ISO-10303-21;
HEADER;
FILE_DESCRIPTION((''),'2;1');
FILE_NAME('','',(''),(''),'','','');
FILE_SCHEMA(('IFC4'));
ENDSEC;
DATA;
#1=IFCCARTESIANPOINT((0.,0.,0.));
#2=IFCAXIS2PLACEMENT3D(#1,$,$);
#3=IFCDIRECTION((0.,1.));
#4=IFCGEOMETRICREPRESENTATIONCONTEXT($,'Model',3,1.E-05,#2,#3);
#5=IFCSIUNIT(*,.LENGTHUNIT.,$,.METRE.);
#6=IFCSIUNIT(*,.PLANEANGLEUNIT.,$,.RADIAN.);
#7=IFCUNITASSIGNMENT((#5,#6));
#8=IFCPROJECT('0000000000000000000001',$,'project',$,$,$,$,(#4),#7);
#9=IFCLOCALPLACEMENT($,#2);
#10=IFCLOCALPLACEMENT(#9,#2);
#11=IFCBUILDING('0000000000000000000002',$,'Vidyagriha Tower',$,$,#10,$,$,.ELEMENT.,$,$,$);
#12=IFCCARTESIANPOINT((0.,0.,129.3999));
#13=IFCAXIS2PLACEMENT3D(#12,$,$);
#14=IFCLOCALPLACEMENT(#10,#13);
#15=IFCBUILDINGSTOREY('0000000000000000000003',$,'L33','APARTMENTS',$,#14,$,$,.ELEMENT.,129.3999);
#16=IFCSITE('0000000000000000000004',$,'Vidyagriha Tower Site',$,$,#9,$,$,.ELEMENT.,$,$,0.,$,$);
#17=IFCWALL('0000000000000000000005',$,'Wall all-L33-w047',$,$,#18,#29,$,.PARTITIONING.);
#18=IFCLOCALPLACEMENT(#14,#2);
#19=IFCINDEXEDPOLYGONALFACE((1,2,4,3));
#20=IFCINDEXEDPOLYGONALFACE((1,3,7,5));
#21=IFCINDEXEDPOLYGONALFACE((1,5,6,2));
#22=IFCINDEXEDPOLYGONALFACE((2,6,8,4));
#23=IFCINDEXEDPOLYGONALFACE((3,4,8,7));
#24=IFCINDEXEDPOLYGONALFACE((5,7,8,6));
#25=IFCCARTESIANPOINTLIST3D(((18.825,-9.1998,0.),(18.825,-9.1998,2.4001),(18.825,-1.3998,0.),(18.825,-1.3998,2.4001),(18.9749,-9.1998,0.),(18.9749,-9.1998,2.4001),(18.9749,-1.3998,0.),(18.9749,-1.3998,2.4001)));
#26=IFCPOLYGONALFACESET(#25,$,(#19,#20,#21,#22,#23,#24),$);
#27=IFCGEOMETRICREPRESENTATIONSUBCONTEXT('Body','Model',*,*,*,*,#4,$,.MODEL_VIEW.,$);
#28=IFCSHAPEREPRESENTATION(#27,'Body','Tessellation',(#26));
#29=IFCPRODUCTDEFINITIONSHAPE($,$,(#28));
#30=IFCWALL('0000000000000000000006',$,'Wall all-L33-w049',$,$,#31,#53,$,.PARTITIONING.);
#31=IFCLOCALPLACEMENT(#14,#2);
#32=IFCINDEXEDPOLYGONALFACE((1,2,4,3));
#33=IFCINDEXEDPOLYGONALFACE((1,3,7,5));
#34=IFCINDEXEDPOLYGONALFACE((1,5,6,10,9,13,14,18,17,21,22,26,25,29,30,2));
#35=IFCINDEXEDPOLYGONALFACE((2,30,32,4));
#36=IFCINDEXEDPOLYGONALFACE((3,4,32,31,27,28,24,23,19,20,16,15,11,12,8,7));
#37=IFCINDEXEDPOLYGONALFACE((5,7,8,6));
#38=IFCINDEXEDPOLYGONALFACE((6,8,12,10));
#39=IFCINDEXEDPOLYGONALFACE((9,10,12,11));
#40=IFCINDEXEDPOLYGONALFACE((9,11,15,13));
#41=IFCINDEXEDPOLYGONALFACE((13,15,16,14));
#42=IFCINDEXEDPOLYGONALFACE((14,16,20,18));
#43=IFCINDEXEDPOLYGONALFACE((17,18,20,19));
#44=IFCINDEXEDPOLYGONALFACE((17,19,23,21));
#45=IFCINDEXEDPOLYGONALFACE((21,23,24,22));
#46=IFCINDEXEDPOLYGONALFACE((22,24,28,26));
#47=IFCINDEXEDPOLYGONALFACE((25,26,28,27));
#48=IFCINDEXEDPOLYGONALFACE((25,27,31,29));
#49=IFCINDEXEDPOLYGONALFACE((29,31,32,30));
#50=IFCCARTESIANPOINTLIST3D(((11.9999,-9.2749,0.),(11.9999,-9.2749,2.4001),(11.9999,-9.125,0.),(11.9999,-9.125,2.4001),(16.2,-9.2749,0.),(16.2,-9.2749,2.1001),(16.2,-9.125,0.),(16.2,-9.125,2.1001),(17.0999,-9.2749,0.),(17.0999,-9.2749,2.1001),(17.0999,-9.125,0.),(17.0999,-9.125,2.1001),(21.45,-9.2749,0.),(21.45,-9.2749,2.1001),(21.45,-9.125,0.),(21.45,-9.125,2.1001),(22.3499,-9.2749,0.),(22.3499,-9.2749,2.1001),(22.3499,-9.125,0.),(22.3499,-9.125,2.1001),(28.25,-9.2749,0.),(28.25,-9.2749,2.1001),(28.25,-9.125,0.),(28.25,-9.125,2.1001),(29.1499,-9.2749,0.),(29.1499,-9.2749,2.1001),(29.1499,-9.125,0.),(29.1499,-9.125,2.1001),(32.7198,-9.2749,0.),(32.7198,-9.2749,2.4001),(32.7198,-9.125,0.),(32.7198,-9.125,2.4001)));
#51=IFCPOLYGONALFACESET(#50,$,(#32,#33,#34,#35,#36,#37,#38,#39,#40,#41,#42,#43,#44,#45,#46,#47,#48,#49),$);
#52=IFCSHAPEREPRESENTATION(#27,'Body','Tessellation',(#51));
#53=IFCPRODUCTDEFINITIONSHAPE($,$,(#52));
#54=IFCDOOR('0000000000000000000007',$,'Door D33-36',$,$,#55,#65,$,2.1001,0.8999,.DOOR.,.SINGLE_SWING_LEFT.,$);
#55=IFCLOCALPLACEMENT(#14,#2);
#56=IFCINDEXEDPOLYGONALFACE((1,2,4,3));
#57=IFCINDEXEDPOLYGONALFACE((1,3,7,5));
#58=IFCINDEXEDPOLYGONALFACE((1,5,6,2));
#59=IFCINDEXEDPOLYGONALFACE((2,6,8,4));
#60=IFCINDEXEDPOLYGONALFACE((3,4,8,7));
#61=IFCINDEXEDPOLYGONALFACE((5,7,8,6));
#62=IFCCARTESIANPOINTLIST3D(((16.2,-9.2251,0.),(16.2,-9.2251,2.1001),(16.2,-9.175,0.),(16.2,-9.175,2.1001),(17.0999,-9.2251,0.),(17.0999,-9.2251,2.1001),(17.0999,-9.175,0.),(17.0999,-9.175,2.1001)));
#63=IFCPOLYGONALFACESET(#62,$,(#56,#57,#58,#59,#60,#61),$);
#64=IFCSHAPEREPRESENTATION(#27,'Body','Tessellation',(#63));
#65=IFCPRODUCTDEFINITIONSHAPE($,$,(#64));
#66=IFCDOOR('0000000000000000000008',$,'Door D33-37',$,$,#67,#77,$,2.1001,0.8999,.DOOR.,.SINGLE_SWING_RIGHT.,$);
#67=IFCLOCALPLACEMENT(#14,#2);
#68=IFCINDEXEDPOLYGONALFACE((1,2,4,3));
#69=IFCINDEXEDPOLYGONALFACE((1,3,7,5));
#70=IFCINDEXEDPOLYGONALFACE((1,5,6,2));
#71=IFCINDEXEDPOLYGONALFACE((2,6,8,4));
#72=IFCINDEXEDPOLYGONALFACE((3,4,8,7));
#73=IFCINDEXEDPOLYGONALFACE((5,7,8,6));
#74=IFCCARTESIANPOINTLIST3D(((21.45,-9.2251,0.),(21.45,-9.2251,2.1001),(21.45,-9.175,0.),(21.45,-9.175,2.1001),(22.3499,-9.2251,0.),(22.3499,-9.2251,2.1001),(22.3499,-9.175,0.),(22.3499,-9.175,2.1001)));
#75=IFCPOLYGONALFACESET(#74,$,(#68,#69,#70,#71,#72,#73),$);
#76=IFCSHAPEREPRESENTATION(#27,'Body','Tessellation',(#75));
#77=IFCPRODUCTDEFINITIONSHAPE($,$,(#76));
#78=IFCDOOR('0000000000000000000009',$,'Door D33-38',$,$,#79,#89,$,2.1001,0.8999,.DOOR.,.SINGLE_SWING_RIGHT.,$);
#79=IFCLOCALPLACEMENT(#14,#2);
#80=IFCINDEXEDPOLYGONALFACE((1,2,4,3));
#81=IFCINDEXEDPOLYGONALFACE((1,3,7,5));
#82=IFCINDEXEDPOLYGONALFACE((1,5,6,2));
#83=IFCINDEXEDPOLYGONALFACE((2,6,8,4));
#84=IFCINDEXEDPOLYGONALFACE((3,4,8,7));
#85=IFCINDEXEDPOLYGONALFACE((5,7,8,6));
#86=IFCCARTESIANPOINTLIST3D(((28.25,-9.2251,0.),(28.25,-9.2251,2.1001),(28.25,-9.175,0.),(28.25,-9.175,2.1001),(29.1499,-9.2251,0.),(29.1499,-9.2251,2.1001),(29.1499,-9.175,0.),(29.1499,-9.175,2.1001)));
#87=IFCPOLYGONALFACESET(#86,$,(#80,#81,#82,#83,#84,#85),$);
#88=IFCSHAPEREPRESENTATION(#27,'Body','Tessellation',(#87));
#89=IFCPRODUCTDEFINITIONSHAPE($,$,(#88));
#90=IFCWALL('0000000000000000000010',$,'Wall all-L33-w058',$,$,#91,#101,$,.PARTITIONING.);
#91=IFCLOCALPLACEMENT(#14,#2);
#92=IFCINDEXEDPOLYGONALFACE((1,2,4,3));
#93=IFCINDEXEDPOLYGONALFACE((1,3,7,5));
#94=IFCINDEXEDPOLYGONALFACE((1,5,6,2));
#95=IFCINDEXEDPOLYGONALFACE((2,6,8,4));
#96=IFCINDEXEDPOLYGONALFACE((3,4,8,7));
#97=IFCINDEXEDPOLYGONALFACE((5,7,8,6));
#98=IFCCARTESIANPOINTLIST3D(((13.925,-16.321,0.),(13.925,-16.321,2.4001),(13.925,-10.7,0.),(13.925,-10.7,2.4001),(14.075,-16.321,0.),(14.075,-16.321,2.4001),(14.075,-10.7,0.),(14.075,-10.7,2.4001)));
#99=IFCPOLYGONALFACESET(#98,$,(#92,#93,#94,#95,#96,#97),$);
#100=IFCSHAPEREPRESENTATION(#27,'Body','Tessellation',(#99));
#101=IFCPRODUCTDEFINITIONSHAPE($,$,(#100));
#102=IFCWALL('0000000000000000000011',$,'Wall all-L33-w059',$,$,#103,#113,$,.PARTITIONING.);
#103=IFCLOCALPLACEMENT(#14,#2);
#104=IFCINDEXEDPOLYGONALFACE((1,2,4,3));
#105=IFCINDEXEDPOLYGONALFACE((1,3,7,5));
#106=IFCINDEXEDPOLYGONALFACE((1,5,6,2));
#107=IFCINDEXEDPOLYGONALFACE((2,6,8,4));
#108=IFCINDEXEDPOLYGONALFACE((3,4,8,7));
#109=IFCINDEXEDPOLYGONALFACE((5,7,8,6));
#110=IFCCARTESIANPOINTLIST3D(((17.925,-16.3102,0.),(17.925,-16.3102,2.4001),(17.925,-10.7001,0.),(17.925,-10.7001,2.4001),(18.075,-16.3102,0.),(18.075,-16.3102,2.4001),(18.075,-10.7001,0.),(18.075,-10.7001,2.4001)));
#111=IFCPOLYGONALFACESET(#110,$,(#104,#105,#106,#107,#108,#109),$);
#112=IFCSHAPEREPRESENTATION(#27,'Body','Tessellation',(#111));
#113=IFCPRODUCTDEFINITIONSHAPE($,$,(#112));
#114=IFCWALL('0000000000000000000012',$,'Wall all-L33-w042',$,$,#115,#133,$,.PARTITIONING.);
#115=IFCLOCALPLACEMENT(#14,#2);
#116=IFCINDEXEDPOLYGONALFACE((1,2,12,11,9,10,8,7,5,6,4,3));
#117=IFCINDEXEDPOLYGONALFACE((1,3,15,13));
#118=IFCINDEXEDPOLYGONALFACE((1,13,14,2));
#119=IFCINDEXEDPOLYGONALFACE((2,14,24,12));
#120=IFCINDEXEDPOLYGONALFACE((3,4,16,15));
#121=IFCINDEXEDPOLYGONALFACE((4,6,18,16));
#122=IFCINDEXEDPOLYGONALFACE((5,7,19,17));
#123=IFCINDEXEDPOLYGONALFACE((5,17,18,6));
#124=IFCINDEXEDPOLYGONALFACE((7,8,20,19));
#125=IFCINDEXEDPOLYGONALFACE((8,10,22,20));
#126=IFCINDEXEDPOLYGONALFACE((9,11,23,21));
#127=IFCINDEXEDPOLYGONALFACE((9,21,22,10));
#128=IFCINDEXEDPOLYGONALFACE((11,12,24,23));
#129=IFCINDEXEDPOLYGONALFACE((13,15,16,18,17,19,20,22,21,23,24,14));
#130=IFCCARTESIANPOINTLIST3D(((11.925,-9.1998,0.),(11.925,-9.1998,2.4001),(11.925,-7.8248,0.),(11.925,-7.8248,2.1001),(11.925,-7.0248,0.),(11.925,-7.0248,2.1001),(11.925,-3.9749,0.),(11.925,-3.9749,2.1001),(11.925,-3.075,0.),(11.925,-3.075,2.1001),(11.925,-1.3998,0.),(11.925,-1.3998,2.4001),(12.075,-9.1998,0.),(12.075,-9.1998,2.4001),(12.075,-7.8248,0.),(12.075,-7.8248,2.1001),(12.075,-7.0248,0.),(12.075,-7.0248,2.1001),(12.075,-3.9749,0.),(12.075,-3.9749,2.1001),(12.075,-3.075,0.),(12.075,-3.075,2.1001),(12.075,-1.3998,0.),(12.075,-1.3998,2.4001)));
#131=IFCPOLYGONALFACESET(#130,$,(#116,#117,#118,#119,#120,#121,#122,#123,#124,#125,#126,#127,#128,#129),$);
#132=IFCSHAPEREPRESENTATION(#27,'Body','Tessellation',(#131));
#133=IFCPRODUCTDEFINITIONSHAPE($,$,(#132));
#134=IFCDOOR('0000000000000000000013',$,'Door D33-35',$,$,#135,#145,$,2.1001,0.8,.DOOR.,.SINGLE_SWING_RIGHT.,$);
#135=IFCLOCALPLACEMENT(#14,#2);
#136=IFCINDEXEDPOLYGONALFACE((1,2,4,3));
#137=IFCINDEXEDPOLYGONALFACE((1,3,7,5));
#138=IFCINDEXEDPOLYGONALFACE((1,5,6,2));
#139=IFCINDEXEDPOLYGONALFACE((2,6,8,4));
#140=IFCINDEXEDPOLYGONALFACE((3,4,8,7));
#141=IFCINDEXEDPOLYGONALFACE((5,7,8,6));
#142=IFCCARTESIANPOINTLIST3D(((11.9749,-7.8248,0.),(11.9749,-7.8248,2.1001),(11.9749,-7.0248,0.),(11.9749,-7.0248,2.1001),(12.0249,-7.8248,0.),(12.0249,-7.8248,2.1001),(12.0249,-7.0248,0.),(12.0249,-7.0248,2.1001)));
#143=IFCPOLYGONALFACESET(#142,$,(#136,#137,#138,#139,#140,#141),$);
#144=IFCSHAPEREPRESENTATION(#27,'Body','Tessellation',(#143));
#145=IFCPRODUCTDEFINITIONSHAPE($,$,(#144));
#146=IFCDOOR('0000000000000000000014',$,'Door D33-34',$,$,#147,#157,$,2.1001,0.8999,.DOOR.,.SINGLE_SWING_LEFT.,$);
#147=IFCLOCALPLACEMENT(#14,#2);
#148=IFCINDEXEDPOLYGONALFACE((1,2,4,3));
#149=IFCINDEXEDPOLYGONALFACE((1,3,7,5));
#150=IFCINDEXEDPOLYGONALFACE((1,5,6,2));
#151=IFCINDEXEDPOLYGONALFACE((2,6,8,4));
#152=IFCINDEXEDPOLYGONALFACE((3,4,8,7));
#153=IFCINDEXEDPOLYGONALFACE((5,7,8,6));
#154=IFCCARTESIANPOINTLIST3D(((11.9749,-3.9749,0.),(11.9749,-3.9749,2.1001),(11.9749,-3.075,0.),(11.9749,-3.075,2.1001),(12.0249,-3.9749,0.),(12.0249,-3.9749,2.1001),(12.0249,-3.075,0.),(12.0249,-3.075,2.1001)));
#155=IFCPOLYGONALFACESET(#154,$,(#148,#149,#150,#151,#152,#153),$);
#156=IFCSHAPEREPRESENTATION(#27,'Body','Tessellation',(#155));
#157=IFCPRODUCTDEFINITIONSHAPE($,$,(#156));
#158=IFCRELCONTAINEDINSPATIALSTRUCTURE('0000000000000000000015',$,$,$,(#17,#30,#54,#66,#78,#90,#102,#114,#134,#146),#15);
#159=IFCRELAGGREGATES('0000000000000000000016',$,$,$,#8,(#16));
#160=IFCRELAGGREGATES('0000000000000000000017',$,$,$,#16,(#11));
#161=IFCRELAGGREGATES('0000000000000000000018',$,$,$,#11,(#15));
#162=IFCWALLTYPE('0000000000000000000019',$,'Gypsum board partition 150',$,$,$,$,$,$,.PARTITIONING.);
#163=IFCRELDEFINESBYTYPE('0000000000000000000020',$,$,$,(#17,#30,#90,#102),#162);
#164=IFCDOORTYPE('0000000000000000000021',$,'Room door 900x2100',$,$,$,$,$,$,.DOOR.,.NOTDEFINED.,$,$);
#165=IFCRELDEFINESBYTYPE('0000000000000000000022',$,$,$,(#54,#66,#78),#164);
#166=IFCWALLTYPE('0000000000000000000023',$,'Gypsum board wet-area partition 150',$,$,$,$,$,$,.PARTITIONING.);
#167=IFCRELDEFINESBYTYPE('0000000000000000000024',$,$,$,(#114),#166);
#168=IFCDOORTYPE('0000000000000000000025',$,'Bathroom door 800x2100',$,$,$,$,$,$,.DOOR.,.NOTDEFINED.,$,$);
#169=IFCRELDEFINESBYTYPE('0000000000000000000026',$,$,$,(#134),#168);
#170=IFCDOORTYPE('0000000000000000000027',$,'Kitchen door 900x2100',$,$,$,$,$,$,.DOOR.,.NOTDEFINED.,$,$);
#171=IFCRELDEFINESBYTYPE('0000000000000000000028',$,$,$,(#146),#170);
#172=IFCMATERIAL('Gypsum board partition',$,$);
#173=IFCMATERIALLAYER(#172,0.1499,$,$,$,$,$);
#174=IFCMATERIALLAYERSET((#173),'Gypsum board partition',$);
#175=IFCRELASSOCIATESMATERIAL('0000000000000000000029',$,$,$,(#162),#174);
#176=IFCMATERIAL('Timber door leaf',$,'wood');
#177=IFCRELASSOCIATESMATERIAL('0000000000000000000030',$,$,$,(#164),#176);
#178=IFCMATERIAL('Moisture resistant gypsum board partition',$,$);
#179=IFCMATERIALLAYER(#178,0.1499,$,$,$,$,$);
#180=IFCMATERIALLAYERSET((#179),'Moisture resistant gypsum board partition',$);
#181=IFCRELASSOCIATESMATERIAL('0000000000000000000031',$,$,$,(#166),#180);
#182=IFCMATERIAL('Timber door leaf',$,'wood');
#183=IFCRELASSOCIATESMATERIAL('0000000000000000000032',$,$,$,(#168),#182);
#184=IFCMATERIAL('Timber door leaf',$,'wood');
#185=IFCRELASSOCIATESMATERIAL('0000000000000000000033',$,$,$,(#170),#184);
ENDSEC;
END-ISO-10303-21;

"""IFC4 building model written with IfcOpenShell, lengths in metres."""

from ifc_helpers import new_model, si_unit, direction, frame, frame_2d, origin, place, context, subcontext, project, spatial, rectangle, extrude, material, layer, layer_set, type_object, element, fill, save


model = new_model("IFC4")

# Units and contexts
model_context = context("Model", 3, precision=1e-05, world=origin(), true_north=direction((0.0, 1.0)))
body_context = subcontext(model_context, "Body", "Model", "MODEL_VIEW")
ifc_project = project(units=[si_unit("LENGTHUNIT", "METRE"), si_unit("PLANEANGLEUNIT", "RADIAN")], contexts=[model_context])

# Site, building, storey
site_placement = place(None, origin())
site = spatial("IfcSite", under=ifc_project, at=site_placement, Name="Vidyagriha Tower Site", CompositionType="ELEMENT", RefElevation=0.0)
building_placement = place(site_placement, origin())
building = spatial("IfcBuilding", under=site, at=building_placement, Name="Vidyagriha Tower", CompositionType="ELEMENT")
storey_placement = place(building_placement, frame((0.0, 0.0, 129.3999)))
storey = spatial("IfcBuildingStorey", under=building, at=storey_placement, Name="L33", Description="APARTMENTS", CompositionType="ELEMENT", Elevation=129.3999)

# Wall
ifc_material_1 = material(Name="Gypsum board partition")
ifc_layer_1 = layer(ifc_material_1, 0.1499)
ifc_layer_set_1 = layer_set([ifc_layer_1], Name="Gypsum board partition")
wall_type_1 = type_object("IfcWallType", Name="Gypsum board partition 150", PredefinedType="PARTITIONING", material=ifc_layer_set_1)
for number, where, z_axis, x_axis, name in (
    (1, (18.8999, -1.3999, 0.0), (0.0, 0.0, 1.0), (0.0, -1.0, 0.0), "Wall all-L33-w047"),
):
    element("IfcWall", number, at=place(storey_placement, frame(where, z_axis=z_axis, x_axis=x_axis)), inside=storey, type_object=wall_type_1, Name=name, PredefinedType="PARTITIONING", context=body_context, shape_type="SweptSolid", body=[
        extrude(rectangle(XDim=7.8, YDim=0.1499, at=frame_2d((3.8999, 0.0))), origin(), (0.0, 0.0, 1.0), 2.4001),
    ])

# Wall, openings, doors
wall_1_placement = place(storey_placement, frame((12.0, -9.2, 0.0)))
wall_1 = element("IfcWall", 2, at=wall_1_placement, inside=storey, type_object=wall_type_1, Name="Wall all-L33-w049", PredefinedType="PARTITIONING", context=body_context, shape_type="SweptSolid", body=[
    extrude(rectangle(XDim=20.72, YDim=0.1499, at=frame_2d((10.3599, 0.0))), origin(), (0.0, 0.0, 1.0), 2.4001),
])
opening_1_placement = place(wall_1_placement, frame((4.2, 0.0, 0.0)))
opening_1 = element("IfcOpeningElement", 3, at=opening_1_placement, cuts=wall_1, PredefinedType="OPENING", context=body_context, shape_type="SweptSolid", body=[
    extrude(rectangle(XDim=0.8999, YDim=2.1001, at=frame_2d((0.45, 1.05))), frame((0.0, 0.085, 0.0), z_axis=(0.0, -1.0, 0.0), x_axis=(1.0, 0.0, 0.0)), (0.0, 0.0, 1.0), 0.1699),
])
opening_2_placement = place(wall_1_placement, frame((9.45, 0.0, 0.0)))
opening_2 = element("IfcOpeningElement", 4, at=opening_2_placement, cuts=wall_1, PredefinedType="OPENING", context=body_context, shape_type="SweptSolid", body=[
    extrude(rectangle(XDim=0.8999, YDim=2.1001, at=frame_2d((0.45, 1.05))), frame((0.0, 0.085, 0.0), z_axis=(0.0, -1.0, 0.0), x_axis=(1.0, 0.0, 0.0)), (0.0, 0.0, 1.0), 0.1699),
])
opening_3_placement = place(wall_1_placement, frame((16.25, 0.0, 0.0)))
opening_3 = element("IfcOpeningElement", 5, at=opening_3_placement, cuts=wall_1, PredefinedType="OPENING", context=body_context, shape_type="SweptSolid", body=[
    extrude(rectangle(XDim=0.8999, YDim=2.1001, at=frame_2d((0.45, 1.05))), frame((0.0, 0.085, 0.0), z_axis=(0.0, -1.0, 0.0), x_axis=(1.0, 0.0, 0.0)), (0.0, 0.0, 1.0), 0.1699),
])
ifc_material_2 = material(Name="Timber door leaf", Category="wood")
door_type_1 = type_object("IfcDoorType", Name="Room door 900x2100", OperationType="NOTDEFINED", PredefinedType="DOOR", material=ifc_material_2)
door_1_placement = place(opening_1_placement, origin())
door_1 = element("IfcDoor", 6, at=door_1_placement, inside=storey, type_object=door_type_1, Name="Door D33-36", OperationType="SINGLE_SWING_LEFT", OverallHeight=2.1001, OverallWidth=0.8999, PredefinedType="DOOR", context=body_context, shape_type="SweptSolid", body=[
    extrude(rectangle(XDim=0.8999, YDim=2.1001, at=frame_2d((0.45, 1.05))), frame((0.0, 0.0249, 0.0), z_axis=(0.0, -1.0, 0.0), x_axis=(1.0, 0.0, 0.0)), (0.0, 0.0, 1.0), 0.05),
])
fill(opening_1, door_1)
door_2_placement = place(opening_2_placement, origin())
door_2 = element("IfcDoor", 7, at=door_2_placement, inside=storey, type_object=door_type_1, Name="Door D33-37", OperationType="SINGLE_SWING_RIGHT", OverallHeight=2.1001, OverallWidth=0.8999, PredefinedType="DOOR", context=body_context, shape_type="SweptSolid", body=[
    extrude(rectangle(XDim=0.8999, YDim=2.1001, at=frame_2d((0.45, 1.05))), frame((0.0, 0.0249, 0.0), z_axis=(0.0, -1.0, 0.0), x_axis=(1.0, 0.0, 0.0)), (0.0, 0.0, 1.0), 0.05),
])
fill(opening_2, door_2)
door_3_placement = place(opening_3_placement, origin())
door_3 = element("IfcDoor", 8, at=door_3_placement, inside=storey, type_object=door_type_1, Name="Door D33-38", OperationType="SINGLE_SWING_RIGHT", OverallHeight=2.1001, OverallWidth=0.8999, PredefinedType="DOOR", context=body_context, shape_type="SweptSolid", body=[
    extrude(rectangle(XDim=0.8999, YDim=2.1001, at=frame_2d((0.45, 1.05))), frame((0.0, 0.0249, 0.0), z_axis=(0.0, -1.0, 0.0), x_axis=(1.0, 0.0, 0.0)), (0.0, 0.0, 1.0), 0.05),
])
fill(opening_3, door_3)

# Walls
wall_2_placement = place(storey_placement, frame((14.0, -10.7, 0.0), z_axis=(0.0, 0.0, 1.0), x_axis=(0.0, -1.0, 0.0)))
element("IfcWall", 9, at=wall_2_placement, inside=storey, type_object=wall_type_1, Name="Wall all-L33-w058", PredefinedType="PARTITIONING", context=body_context, shape_type="SweptSolid", body=[
    extrude(rectangle(XDim=5.6211, YDim=0.1499, at=frame_2d((2.8105, 0.0))), origin(), (0.0, 0.0, 1.0), 2.4001),
])
wall_3_placement = place(storey_placement, frame((18.0, -10.7, 0.0), z_axis=(0.0, 0.0, 1.0), x_axis=(0.0, -1.0, 0.0)))
element("IfcWall", 10, at=wall_3_placement, inside=storey, type_object=wall_type_1, Name="Wall all-L33-w059", PredefinedType="PARTITIONING", context=body_context, shape_type="SweptSolid", body=[
    extrude(rectangle(XDim=5.6101, YDim=0.1499, at=frame_2d((2.8052, 0.0))), origin(), (0.0, 0.0, 1.0), 2.4001),
])

# Wall, openings, doors
ifc_material_3 = material(Name="Moisture resistant gypsum board partition")
ifc_layer_2 = layer(ifc_material_3, 0.1499)
ifc_layer_set_2 = layer_set([ifc_layer_2], Name="Moisture resistant gypsum board partition")
wall_type_2 = type_object("IfcWallType", Name="Gypsum board wet-area partition 150", PredefinedType="PARTITIONING", material=ifc_layer_set_2)
wall_4_placement = place(storey_placement, frame((12.0, -1.3999, 0.0), z_axis=(0.0, 0.0, 1.0), x_axis=(0.0, -1.0, 0.0)))
wall_4 = element("IfcWall", 11, at=wall_4_placement, inside=storey, type_object=wall_type_2, Name="Wall all-L33-w042", PredefinedType="PARTITIONING", context=body_context, shape_type="SweptSolid", body=[
    extrude(rectangle(XDim=7.8, YDim=0.1499, at=frame_2d((3.8999, 0.0))), origin(), (0.0, 0.0, 1.0), 2.4001),
])
opening_4_placement = place(wall_4_placement, frame((1.675, 0.0, 0.0)))
opening_4 = element("IfcOpeningElement", 12, at=opening_4_placement, cuts=wall_4, PredefinedType="OPENING", context=body_context, shape_type="SweptSolid", body=[
    extrude(rectangle(XDim=0.8999, YDim=2.1001, at=frame_2d((0.45, 1.05))), frame((0.0, 0.085, 0.0), z_axis=(0.0, -1.0, 0.0), x_axis=(1.0, 0.0, 0.0)), (0.0, 0.0, 1.0), 0.1699),
])
opening_5_placement = place(wall_4_placement, frame((5.625, 0.0, 0.0)))
opening_5 = element("IfcOpeningElement", 13, at=opening_5_placement, cuts=wall_4, PredefinedType="OPENING", context=body_context, shape_type="SweptSolid", body=[
    extrude(rectangle(XDim=0.8, YDim=2.1001, at=frame_2d((0.3999, 1.05))), frame((0.0, 0.085, 0.0), z_axis=(0.0, -1.0, 0.0), x_axis=(1.0, 0.0, 0.0)), (0.0, 0.0, 1.0), 0.1699),
])
ifc_material_4 = material(Name="Timber door leaf", Category="wood")
door_type_2 = type_object("IfcDoorType", Name="Bathroom door 800x2100", OperationType="NOTDEFINED", PredefinedType="DOOR", material=ifc_material_4)
door_4_placement = place(opening_5_placement, origin())
door_4 = element("IfcDoor", 14, at=door_4_placement, inside=storey, type_object=door_type_2, Name="Door D33-35", OperationType="SINGLE_SWING_RIGHT", OverallHeight=2.1001, OverallWidth=0.8, PredefinedType="DOOR", context=body_context, shape_type="SweptSolid", body=[
    extrude(rectangle(XDim=0.8, YDim=2.1001, at=frame_2d((0.3999, 1.05))), frame((0.0, 0.0249, 0.0), z_axis=(0.0, -1.0, 0.0), x_axis=(1.0, 0.0, 0.0)), (0.0, 0.0, 1.0), 0.05),
])
fill(opening_5, door_4)
ifc_material_5 = material(Name="Timber door leaf", Category="wood")
door_type_3 = type_object("IfcDoorType", Name="Kitchen door 900x2100", OperationType="NOTDEFINED", PredefinedType="DOOR", material=ifc_material_5)
door_5_placement = place(opening_4_placement, origin())
door_5 = element("IfcDoor", 15, at=door_5_placement, inside=storey, type_object=door_type_3, Name="Door D33-34", OperationType="SINGLE_SWING_LEFT", OverallHeight=2.1001, OverallWidth=0.8999, PredefinedType="DOOR", context=body_context, shape_type="SweptSolid", body=[
    extrude(rectangle(XDim=0.8999, YDim=2.1001, at=frame_2d((0.45, 1.05))), frame((0.0, 0.0249, 0.0), z_axis=(0.0, -1.0, 0.0), x_axis=(1.0, 0.0, 0.0)), (0.0, 0.0, 1.0), 0.05),
])
fill(opening_4, door_5)

save(model, "model.ifc")
